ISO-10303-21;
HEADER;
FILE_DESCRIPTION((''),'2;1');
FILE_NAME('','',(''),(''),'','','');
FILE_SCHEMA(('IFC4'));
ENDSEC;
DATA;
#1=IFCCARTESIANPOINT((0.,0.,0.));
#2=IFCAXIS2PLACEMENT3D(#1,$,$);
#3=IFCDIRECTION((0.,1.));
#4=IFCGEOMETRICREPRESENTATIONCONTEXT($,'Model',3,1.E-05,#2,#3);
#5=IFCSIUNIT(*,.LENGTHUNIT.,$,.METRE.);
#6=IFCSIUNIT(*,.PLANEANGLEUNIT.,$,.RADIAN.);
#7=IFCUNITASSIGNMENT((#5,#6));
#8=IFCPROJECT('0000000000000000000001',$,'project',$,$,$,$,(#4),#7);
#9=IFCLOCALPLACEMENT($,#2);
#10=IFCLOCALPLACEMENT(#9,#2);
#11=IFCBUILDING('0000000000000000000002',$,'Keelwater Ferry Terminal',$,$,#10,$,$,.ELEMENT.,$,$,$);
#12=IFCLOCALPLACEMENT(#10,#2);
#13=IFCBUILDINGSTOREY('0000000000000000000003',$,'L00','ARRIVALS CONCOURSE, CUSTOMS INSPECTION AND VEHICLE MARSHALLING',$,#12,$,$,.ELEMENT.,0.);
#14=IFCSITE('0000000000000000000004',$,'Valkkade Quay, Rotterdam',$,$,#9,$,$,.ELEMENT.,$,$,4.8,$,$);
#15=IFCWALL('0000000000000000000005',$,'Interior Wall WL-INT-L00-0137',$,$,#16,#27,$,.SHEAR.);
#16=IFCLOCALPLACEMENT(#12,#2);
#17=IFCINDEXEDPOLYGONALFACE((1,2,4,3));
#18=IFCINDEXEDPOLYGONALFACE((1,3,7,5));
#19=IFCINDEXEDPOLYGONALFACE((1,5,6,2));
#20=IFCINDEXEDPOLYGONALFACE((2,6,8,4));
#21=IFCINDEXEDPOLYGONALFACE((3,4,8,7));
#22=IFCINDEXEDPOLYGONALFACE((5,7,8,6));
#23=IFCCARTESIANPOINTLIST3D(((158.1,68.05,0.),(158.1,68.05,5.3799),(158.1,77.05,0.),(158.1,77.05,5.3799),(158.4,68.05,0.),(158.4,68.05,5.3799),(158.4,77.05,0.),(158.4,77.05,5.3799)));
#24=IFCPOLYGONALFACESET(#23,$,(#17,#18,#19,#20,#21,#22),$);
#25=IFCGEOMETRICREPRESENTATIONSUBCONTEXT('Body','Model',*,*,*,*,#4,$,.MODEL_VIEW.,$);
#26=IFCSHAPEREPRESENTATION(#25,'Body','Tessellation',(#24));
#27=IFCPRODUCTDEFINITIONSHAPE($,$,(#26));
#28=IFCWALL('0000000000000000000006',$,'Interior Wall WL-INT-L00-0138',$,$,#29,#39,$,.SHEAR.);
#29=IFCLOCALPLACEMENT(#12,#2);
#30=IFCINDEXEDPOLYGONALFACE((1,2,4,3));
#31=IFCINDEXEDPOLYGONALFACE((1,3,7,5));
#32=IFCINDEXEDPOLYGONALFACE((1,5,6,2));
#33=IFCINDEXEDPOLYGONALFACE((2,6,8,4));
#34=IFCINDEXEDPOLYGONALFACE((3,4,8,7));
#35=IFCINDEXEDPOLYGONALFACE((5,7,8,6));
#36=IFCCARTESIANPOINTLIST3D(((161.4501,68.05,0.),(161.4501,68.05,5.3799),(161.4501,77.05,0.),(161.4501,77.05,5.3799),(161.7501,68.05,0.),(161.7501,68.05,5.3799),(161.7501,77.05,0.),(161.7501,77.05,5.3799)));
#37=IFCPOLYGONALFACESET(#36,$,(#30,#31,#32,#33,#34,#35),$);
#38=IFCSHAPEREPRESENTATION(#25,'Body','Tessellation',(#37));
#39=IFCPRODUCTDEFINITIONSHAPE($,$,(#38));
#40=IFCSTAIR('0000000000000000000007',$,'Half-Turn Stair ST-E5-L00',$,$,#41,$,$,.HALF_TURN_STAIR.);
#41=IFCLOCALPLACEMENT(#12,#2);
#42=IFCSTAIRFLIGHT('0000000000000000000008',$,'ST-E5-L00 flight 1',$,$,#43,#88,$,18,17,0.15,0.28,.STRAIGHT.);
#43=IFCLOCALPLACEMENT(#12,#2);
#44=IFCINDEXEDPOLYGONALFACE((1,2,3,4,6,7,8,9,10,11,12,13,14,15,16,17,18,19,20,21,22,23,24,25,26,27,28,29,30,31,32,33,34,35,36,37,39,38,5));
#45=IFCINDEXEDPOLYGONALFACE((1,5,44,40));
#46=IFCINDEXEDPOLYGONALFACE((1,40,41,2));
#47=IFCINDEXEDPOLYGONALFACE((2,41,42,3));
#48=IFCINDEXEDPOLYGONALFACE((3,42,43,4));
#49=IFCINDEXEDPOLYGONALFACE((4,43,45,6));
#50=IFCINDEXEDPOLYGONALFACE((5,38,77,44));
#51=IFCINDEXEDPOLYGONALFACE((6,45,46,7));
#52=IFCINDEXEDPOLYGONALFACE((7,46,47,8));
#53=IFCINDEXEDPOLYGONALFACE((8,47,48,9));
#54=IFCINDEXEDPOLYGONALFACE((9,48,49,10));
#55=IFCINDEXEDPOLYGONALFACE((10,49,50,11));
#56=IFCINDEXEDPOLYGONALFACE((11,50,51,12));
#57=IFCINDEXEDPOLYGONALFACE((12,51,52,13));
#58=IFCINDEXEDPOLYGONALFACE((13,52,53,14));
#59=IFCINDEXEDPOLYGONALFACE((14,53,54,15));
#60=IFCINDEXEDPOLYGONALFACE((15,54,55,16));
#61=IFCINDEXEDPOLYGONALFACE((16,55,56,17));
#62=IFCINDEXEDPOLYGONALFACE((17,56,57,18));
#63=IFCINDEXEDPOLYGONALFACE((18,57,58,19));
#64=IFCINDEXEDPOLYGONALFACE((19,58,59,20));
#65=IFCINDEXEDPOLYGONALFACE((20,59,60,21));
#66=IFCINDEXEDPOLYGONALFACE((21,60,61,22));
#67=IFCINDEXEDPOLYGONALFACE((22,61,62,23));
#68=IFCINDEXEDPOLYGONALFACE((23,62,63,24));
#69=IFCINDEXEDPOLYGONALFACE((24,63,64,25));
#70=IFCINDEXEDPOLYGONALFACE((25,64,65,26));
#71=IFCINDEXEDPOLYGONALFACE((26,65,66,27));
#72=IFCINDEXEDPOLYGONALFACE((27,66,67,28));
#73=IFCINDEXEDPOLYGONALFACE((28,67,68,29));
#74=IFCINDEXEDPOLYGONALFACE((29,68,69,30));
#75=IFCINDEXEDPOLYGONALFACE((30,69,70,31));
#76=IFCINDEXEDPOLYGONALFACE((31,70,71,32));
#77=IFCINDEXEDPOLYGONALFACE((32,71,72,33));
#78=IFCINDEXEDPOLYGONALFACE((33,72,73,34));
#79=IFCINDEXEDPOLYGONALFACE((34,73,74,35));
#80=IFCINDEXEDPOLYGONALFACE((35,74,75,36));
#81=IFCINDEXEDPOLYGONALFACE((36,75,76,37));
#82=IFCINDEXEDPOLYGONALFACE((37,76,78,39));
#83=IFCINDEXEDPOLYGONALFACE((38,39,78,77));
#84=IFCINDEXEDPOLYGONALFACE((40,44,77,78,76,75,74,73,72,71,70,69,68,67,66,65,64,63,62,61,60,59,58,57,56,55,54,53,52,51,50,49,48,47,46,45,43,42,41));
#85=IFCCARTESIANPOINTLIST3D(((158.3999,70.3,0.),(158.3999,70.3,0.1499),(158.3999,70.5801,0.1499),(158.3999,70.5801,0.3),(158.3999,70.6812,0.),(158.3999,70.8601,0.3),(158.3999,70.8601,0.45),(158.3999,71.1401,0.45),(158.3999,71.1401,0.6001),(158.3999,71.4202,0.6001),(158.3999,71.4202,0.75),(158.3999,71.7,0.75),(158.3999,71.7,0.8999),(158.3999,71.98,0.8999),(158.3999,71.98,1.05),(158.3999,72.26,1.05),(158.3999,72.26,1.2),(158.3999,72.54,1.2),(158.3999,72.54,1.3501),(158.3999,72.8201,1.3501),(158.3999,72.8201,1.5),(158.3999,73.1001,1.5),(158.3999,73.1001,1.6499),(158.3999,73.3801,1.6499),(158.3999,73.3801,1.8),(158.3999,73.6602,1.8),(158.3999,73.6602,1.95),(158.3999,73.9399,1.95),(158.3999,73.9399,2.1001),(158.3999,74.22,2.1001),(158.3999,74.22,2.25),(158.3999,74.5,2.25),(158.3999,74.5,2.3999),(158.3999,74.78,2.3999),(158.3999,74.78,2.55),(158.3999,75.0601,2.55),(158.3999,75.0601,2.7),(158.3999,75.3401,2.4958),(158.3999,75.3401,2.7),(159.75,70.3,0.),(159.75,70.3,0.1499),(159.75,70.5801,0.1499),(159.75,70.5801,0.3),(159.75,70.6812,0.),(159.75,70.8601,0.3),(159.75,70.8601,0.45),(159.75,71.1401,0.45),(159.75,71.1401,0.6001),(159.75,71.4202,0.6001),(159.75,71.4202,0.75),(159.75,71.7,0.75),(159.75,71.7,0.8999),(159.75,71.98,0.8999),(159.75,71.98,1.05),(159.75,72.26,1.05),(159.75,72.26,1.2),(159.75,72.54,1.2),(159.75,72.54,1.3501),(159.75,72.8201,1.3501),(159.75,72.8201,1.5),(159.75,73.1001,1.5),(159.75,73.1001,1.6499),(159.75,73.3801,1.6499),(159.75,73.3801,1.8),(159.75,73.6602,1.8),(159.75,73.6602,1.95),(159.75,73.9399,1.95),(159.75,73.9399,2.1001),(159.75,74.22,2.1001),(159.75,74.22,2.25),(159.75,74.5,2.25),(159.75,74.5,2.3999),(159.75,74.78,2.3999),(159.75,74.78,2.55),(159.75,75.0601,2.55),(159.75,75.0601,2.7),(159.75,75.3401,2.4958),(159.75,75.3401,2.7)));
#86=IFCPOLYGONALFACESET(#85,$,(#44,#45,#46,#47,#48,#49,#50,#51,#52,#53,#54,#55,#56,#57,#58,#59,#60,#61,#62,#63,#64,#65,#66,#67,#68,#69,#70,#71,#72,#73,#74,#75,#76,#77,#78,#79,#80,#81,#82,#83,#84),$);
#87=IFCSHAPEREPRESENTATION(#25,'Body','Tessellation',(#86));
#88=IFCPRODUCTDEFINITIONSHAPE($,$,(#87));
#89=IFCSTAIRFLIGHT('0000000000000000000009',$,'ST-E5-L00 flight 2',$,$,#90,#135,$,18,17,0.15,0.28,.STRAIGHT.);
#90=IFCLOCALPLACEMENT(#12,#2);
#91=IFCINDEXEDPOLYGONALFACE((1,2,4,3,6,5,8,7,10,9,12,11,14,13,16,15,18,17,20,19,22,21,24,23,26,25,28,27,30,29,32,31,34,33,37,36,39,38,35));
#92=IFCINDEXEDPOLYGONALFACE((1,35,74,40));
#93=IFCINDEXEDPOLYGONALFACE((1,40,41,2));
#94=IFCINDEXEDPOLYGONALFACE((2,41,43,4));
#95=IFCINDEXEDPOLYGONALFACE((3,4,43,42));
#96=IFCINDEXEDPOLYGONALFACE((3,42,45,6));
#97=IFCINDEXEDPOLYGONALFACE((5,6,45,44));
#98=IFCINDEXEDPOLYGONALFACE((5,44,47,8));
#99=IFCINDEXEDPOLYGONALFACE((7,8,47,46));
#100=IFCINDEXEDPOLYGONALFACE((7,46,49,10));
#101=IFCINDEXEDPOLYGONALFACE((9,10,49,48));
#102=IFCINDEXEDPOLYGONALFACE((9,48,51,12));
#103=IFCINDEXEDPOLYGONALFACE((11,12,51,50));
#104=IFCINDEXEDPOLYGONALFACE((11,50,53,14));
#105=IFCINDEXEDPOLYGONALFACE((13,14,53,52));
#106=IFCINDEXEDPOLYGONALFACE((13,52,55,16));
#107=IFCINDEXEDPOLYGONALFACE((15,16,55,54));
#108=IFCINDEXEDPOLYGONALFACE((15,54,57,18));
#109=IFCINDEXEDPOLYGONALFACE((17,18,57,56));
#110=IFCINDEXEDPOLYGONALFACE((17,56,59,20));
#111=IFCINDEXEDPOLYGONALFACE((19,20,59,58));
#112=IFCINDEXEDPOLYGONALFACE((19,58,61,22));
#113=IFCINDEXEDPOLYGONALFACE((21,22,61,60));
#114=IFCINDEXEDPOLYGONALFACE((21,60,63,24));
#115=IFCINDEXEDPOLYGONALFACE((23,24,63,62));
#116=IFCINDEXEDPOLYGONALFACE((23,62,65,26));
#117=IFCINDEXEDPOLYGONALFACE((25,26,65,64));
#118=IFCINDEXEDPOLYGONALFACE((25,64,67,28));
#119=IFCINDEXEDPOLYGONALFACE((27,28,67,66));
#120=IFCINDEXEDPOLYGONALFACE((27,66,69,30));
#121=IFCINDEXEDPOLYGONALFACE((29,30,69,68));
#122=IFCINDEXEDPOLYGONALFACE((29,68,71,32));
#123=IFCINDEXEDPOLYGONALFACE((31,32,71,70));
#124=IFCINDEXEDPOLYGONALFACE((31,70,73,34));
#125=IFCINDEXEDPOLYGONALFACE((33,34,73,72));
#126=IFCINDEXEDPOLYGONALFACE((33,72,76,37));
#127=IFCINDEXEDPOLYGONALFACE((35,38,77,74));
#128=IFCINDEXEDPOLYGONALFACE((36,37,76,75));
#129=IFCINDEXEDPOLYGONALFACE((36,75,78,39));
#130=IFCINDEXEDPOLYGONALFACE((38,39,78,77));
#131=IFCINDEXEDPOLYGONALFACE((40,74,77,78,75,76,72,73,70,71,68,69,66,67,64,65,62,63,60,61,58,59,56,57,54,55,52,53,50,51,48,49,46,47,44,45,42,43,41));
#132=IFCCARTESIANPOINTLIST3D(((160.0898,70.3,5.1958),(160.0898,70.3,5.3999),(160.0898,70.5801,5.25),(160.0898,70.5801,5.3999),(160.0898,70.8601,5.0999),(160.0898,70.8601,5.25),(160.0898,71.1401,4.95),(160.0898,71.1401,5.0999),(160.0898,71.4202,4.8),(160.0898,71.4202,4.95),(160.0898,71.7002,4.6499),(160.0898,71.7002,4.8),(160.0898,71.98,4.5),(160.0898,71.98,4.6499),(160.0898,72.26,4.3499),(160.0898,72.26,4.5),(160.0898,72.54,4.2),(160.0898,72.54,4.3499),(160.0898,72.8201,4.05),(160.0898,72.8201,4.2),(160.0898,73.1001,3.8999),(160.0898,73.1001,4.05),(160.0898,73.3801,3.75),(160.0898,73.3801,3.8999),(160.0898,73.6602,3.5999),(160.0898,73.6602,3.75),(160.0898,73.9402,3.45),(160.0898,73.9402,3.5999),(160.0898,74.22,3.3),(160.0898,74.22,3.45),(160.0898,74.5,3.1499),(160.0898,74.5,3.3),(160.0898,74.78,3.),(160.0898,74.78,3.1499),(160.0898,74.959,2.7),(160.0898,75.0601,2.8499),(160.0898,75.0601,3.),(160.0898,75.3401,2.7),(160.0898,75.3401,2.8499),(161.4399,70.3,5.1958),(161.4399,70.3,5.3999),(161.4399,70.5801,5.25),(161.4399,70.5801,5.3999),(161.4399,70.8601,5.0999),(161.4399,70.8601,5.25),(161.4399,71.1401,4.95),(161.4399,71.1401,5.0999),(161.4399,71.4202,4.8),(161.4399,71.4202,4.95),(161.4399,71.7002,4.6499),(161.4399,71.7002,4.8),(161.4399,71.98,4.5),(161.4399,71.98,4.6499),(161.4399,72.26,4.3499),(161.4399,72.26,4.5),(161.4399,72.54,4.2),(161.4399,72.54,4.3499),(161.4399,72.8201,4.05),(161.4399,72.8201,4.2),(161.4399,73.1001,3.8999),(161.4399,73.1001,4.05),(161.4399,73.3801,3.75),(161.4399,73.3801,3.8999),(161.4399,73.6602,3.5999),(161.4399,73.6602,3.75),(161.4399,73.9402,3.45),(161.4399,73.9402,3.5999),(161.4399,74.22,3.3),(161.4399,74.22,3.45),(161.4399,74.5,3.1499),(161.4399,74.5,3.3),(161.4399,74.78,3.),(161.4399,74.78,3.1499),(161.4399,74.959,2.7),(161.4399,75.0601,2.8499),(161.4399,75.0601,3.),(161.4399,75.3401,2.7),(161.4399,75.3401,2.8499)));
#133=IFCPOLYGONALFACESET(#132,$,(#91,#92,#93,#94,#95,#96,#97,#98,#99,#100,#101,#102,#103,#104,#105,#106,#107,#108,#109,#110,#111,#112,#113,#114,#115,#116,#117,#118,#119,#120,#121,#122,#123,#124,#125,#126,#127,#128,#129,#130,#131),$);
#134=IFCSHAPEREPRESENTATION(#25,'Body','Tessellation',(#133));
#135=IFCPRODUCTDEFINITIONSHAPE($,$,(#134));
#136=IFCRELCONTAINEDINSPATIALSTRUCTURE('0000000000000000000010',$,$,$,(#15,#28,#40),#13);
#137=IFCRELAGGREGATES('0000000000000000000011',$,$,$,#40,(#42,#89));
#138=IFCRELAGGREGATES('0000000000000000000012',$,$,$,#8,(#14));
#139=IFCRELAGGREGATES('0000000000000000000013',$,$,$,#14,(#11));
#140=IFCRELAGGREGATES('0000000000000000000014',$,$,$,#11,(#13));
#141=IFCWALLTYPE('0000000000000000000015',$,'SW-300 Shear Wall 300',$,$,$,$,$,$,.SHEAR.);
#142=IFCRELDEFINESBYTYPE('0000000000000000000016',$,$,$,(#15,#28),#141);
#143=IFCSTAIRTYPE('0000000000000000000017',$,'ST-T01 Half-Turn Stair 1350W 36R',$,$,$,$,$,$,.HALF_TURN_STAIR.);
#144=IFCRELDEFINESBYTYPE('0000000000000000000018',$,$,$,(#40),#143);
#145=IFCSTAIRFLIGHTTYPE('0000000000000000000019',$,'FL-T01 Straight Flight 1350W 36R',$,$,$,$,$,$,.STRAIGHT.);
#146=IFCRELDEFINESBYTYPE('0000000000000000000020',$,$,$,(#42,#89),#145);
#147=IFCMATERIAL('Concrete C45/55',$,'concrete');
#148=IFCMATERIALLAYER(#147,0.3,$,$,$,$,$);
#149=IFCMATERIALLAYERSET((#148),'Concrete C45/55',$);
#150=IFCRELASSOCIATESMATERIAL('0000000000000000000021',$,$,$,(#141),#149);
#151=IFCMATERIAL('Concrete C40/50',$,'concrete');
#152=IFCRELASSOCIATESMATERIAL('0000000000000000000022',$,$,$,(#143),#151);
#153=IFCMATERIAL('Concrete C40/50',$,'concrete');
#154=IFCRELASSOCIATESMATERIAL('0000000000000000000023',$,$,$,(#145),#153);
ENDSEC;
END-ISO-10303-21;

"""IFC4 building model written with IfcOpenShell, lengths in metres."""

from ifc_helpers import new_model, si_unit, direction, frame, frame_2d, origin, place, context, subcontext, project, spatial, polyline, rectangle, outline, extrude, material, layer, layer_set, type_object, element, aggregate, save


model = new_model("IFC4")

# Units and contexts
model_context = context("Model", 3, precision=1e-05, world=origin(), true_north=direction((0.0, 1.0)))
body_context = subcontext(model_context, "Body", "Model", "MODEL_VIEW")
ifc_project = project(units=[si_unit("LENGTHUNIT", "METRE"), si_unit("PLANEANGLEUNIT", "RADIAN")], contexts=[model_context])

# Site, building, storey
site_placement = place(None, origin())
site = spatial("IfcSite", under=ifc_project, at=site_placement, Name="Valkkade Quay, Rotterdam", CompositionType="ELEMENT", RefElevation=4.8)
building_placement = place(site_placement, origin())
building = spatial("IfcBuilding", under=site, at=building_placement, Name="Keelwater Ferry Terminal", CompositionType="ELEMENT")
storey_placement = place(building_placement, origin())
storey = spatial("IfcBuildingStorey", under=building, at=storey_placement, Name="L00", Description="ARRIVALS CONCOURSE, CUSTOMS INSPECTION AND VEHICLE MARSHALLING", CompositionType="ELEMENT", Elevation=0.0)

# Shared definitions
ifc_material_1 = material(Name="Concrete C45/55", Category="concrete")
ifc_layer = layer(ifc_material_1, 0.3)
ifc_layer_set = layer_set([ifc_layer], Name="Concrete C45/55")
wall_type = type_object("IfcWallType", Name="SW-300 Shear Wall 300", PredefinedType="SHEAR", material=ifc_layer_set)

# Walls
for number, where, z_axis, x_axis, name in (
    (1, (158.25, 68.05, 0.0), (0.0, 0.0, 1.0), (0.0, 1.0, 0.0), "Interior Wall WL-INT-L00-0137"),
    (2, (161.6001, 68.05, 0.0), (0.0, 0.0, 1.0), (0.0, 1.0, 0.0), "Interior Wall WL-INT-L00-0138"),
):
    element("IfcWall", number, at=place(storey_placement, frame(where, z_axis=z_axis, x_axis=x_axis)), inside=storey, type_object=wall_type, Name=name, PredefinedType="SHEAR", context=body_context, shape_type="SweptSolid", body=[
        extrude(rectangle(XDim=9.0, YDim=0.3, at=frame_2d((4.5, 0.0))), origin(), (0.0, 0.0, 1.0), 5.3799),
    ])

# Stair, stair flights
ifc_material_2 = material(Name="Concrete C40/50", Category="concrete")
stair_type = type_object("IfcStairType", Name="ST-T01 Half-Turn Stair 1350W 36R", PredefinedType="HALF_TURN_STAIR", material=ifc_material_2)
stair_placement = place(storey_placement, origin())
stair = element("IfcStair", 3, at=stair_placement, inside=storey, type_object=stair_type, Name="Half-Turn Stair ST-E5-L00", PredefinedType="HALF_TURN_STAIR")
ifc_material_3 = material(Name="Concrete C40/50", Category="concrete")
stair_flight_type = type_object("IfcStairFlightType", Name="FL-T01 Straight Flight 1350W 36R", PredefinedType="STRAIGHT", material=ifc_material_3)
stair_flight_1_placement = place(storey_placement, frame((159.075, 70.3, 0.0), z_axis=(0.0, 0.0, 1.0), x_axis=(0.0, 1.0, 0.0)))
stair_flight_1 = element("IfcStairFlight", 4, at=stair_flight_1_placement, type_object=stair_flight_type, Name="ST-E5-L00 flight 1", NumberOfRisers=18, NumberOfTreads=17, PredefinedType="STRAIGHT", RiserHeight=0.15, TreadLength=0.28, context=body_context, shape_type="SweptSolid", body=[
    extrude(outline(polyline([(0.0, 0.0), (0.0, 0.1499), (0.28, 0.1499), (0.28, 0.3), (0.5601, 0.3), (0.5601, 0.45), (0.8401, 0.45), (0.8401, 0.6001), (1.1201, 0.6001), (1.1201, 0.75), (1.3999, 0.75), (1.3999, 0.8999), (1.6799, 0.8999), (1.6799, 1.05), (1.96, 1.05), (1.96, 1.2), (2.24, 1.2), (2.24, 1.3501), (2.52, 1.3501), (2.52, 1.5), (2.8, 1.5), (2.8, 1.6499), (3.0801, 1.6499), (3.0801, 1.8), (3.3601, 1.8), (3.3601, 1.95), (3.6399, 1.95), (3.6399, 2.1001), (3.9199, 2.1001), (3.9199, 2.25), (4.2, 2.25), (4.2, 2.3999), (4.48, 2.3999), (4.48, 2.55), (4.76, 2.55), (4.76, 2.7), (5.04, 2.7), (5.04, 2.4958), (0.3811, 0.0), (0.0, 0.0)])), frame((0.0, 0.675, 0.0), z_axis=(0.0, -1.0, 0.0), x_axis=(1.0, 0.0, 0.0)), (0.0, 0.0, 1.0), 1.3501),
])
stair_flight_2_placement = place(storey_placement, frame((160.7649, 75.3401, 2.7), z_axis=(0.0, 0.0, 1.0), x_axis=(0.0, -1.0, 0.0)))
stair_flight_2 = element("IfcStairFlight", 5, at=stair_flight_2_placement, type_object=stair_flight_type, Name="ST-E5-L00 flight 2", NumberOfRisers=18, NumberOfTreads=17, PredefinedType="STRAIGHT", RiserHeight=0.15, TreadLength=0.28, context=body_context, shape_type="SweptSolid", body=[
    extrude(outline(polyline([(0.0, 0.0), (0.0, 0.1499), (0.28, 0.1499), (0.28, 0.3), (0.5601, 0.3), (0.5601, 0.45), (0.8401, 0.45), (0.8401, 0.6001), (1.1201, 0.6001), (1.1201, 0.75), (1.3999, 0.75), (1.3999, 0.8999), (1.6799, 0.8999), (1.6799, 1.05), (1.96, 1.05), (1.96, 1.2), (2.24, 1.2), (2.24, 1.3501), (2.52, 1.3501), (2.52, 1.5), (2.8, 1.5), (2.8, 1.6499), (3.0801, 1.6499), (3.0801, 1.8), (3.3601, 1.8), (3.3601, 1.95), (3.6399, 1.95), (3.6399, 2.1001), (3.9199, 2.1001), (3.9199, 2.25), (4.2, 2.25), (4.2, 2.3999), (4.48, 2.3999), (4.48, 2.55), (4.76, 2.55), (4.76, 2.7), (5.04, 2.7), (5.04, 2.4958), (0.3811, 0.0), (0.0, 0.0)])), frame((0.0, 0.675, 0.0), z_axis=(0.0, -1.0, 0.0), x_axis=(1.0, 0.0, 0.0)), (0.0, 0.0, 1.0), 1.3501),
])
aggregate(stair, [stair_flight_1, stair_flight_2])

save(model, "model.ifc")
